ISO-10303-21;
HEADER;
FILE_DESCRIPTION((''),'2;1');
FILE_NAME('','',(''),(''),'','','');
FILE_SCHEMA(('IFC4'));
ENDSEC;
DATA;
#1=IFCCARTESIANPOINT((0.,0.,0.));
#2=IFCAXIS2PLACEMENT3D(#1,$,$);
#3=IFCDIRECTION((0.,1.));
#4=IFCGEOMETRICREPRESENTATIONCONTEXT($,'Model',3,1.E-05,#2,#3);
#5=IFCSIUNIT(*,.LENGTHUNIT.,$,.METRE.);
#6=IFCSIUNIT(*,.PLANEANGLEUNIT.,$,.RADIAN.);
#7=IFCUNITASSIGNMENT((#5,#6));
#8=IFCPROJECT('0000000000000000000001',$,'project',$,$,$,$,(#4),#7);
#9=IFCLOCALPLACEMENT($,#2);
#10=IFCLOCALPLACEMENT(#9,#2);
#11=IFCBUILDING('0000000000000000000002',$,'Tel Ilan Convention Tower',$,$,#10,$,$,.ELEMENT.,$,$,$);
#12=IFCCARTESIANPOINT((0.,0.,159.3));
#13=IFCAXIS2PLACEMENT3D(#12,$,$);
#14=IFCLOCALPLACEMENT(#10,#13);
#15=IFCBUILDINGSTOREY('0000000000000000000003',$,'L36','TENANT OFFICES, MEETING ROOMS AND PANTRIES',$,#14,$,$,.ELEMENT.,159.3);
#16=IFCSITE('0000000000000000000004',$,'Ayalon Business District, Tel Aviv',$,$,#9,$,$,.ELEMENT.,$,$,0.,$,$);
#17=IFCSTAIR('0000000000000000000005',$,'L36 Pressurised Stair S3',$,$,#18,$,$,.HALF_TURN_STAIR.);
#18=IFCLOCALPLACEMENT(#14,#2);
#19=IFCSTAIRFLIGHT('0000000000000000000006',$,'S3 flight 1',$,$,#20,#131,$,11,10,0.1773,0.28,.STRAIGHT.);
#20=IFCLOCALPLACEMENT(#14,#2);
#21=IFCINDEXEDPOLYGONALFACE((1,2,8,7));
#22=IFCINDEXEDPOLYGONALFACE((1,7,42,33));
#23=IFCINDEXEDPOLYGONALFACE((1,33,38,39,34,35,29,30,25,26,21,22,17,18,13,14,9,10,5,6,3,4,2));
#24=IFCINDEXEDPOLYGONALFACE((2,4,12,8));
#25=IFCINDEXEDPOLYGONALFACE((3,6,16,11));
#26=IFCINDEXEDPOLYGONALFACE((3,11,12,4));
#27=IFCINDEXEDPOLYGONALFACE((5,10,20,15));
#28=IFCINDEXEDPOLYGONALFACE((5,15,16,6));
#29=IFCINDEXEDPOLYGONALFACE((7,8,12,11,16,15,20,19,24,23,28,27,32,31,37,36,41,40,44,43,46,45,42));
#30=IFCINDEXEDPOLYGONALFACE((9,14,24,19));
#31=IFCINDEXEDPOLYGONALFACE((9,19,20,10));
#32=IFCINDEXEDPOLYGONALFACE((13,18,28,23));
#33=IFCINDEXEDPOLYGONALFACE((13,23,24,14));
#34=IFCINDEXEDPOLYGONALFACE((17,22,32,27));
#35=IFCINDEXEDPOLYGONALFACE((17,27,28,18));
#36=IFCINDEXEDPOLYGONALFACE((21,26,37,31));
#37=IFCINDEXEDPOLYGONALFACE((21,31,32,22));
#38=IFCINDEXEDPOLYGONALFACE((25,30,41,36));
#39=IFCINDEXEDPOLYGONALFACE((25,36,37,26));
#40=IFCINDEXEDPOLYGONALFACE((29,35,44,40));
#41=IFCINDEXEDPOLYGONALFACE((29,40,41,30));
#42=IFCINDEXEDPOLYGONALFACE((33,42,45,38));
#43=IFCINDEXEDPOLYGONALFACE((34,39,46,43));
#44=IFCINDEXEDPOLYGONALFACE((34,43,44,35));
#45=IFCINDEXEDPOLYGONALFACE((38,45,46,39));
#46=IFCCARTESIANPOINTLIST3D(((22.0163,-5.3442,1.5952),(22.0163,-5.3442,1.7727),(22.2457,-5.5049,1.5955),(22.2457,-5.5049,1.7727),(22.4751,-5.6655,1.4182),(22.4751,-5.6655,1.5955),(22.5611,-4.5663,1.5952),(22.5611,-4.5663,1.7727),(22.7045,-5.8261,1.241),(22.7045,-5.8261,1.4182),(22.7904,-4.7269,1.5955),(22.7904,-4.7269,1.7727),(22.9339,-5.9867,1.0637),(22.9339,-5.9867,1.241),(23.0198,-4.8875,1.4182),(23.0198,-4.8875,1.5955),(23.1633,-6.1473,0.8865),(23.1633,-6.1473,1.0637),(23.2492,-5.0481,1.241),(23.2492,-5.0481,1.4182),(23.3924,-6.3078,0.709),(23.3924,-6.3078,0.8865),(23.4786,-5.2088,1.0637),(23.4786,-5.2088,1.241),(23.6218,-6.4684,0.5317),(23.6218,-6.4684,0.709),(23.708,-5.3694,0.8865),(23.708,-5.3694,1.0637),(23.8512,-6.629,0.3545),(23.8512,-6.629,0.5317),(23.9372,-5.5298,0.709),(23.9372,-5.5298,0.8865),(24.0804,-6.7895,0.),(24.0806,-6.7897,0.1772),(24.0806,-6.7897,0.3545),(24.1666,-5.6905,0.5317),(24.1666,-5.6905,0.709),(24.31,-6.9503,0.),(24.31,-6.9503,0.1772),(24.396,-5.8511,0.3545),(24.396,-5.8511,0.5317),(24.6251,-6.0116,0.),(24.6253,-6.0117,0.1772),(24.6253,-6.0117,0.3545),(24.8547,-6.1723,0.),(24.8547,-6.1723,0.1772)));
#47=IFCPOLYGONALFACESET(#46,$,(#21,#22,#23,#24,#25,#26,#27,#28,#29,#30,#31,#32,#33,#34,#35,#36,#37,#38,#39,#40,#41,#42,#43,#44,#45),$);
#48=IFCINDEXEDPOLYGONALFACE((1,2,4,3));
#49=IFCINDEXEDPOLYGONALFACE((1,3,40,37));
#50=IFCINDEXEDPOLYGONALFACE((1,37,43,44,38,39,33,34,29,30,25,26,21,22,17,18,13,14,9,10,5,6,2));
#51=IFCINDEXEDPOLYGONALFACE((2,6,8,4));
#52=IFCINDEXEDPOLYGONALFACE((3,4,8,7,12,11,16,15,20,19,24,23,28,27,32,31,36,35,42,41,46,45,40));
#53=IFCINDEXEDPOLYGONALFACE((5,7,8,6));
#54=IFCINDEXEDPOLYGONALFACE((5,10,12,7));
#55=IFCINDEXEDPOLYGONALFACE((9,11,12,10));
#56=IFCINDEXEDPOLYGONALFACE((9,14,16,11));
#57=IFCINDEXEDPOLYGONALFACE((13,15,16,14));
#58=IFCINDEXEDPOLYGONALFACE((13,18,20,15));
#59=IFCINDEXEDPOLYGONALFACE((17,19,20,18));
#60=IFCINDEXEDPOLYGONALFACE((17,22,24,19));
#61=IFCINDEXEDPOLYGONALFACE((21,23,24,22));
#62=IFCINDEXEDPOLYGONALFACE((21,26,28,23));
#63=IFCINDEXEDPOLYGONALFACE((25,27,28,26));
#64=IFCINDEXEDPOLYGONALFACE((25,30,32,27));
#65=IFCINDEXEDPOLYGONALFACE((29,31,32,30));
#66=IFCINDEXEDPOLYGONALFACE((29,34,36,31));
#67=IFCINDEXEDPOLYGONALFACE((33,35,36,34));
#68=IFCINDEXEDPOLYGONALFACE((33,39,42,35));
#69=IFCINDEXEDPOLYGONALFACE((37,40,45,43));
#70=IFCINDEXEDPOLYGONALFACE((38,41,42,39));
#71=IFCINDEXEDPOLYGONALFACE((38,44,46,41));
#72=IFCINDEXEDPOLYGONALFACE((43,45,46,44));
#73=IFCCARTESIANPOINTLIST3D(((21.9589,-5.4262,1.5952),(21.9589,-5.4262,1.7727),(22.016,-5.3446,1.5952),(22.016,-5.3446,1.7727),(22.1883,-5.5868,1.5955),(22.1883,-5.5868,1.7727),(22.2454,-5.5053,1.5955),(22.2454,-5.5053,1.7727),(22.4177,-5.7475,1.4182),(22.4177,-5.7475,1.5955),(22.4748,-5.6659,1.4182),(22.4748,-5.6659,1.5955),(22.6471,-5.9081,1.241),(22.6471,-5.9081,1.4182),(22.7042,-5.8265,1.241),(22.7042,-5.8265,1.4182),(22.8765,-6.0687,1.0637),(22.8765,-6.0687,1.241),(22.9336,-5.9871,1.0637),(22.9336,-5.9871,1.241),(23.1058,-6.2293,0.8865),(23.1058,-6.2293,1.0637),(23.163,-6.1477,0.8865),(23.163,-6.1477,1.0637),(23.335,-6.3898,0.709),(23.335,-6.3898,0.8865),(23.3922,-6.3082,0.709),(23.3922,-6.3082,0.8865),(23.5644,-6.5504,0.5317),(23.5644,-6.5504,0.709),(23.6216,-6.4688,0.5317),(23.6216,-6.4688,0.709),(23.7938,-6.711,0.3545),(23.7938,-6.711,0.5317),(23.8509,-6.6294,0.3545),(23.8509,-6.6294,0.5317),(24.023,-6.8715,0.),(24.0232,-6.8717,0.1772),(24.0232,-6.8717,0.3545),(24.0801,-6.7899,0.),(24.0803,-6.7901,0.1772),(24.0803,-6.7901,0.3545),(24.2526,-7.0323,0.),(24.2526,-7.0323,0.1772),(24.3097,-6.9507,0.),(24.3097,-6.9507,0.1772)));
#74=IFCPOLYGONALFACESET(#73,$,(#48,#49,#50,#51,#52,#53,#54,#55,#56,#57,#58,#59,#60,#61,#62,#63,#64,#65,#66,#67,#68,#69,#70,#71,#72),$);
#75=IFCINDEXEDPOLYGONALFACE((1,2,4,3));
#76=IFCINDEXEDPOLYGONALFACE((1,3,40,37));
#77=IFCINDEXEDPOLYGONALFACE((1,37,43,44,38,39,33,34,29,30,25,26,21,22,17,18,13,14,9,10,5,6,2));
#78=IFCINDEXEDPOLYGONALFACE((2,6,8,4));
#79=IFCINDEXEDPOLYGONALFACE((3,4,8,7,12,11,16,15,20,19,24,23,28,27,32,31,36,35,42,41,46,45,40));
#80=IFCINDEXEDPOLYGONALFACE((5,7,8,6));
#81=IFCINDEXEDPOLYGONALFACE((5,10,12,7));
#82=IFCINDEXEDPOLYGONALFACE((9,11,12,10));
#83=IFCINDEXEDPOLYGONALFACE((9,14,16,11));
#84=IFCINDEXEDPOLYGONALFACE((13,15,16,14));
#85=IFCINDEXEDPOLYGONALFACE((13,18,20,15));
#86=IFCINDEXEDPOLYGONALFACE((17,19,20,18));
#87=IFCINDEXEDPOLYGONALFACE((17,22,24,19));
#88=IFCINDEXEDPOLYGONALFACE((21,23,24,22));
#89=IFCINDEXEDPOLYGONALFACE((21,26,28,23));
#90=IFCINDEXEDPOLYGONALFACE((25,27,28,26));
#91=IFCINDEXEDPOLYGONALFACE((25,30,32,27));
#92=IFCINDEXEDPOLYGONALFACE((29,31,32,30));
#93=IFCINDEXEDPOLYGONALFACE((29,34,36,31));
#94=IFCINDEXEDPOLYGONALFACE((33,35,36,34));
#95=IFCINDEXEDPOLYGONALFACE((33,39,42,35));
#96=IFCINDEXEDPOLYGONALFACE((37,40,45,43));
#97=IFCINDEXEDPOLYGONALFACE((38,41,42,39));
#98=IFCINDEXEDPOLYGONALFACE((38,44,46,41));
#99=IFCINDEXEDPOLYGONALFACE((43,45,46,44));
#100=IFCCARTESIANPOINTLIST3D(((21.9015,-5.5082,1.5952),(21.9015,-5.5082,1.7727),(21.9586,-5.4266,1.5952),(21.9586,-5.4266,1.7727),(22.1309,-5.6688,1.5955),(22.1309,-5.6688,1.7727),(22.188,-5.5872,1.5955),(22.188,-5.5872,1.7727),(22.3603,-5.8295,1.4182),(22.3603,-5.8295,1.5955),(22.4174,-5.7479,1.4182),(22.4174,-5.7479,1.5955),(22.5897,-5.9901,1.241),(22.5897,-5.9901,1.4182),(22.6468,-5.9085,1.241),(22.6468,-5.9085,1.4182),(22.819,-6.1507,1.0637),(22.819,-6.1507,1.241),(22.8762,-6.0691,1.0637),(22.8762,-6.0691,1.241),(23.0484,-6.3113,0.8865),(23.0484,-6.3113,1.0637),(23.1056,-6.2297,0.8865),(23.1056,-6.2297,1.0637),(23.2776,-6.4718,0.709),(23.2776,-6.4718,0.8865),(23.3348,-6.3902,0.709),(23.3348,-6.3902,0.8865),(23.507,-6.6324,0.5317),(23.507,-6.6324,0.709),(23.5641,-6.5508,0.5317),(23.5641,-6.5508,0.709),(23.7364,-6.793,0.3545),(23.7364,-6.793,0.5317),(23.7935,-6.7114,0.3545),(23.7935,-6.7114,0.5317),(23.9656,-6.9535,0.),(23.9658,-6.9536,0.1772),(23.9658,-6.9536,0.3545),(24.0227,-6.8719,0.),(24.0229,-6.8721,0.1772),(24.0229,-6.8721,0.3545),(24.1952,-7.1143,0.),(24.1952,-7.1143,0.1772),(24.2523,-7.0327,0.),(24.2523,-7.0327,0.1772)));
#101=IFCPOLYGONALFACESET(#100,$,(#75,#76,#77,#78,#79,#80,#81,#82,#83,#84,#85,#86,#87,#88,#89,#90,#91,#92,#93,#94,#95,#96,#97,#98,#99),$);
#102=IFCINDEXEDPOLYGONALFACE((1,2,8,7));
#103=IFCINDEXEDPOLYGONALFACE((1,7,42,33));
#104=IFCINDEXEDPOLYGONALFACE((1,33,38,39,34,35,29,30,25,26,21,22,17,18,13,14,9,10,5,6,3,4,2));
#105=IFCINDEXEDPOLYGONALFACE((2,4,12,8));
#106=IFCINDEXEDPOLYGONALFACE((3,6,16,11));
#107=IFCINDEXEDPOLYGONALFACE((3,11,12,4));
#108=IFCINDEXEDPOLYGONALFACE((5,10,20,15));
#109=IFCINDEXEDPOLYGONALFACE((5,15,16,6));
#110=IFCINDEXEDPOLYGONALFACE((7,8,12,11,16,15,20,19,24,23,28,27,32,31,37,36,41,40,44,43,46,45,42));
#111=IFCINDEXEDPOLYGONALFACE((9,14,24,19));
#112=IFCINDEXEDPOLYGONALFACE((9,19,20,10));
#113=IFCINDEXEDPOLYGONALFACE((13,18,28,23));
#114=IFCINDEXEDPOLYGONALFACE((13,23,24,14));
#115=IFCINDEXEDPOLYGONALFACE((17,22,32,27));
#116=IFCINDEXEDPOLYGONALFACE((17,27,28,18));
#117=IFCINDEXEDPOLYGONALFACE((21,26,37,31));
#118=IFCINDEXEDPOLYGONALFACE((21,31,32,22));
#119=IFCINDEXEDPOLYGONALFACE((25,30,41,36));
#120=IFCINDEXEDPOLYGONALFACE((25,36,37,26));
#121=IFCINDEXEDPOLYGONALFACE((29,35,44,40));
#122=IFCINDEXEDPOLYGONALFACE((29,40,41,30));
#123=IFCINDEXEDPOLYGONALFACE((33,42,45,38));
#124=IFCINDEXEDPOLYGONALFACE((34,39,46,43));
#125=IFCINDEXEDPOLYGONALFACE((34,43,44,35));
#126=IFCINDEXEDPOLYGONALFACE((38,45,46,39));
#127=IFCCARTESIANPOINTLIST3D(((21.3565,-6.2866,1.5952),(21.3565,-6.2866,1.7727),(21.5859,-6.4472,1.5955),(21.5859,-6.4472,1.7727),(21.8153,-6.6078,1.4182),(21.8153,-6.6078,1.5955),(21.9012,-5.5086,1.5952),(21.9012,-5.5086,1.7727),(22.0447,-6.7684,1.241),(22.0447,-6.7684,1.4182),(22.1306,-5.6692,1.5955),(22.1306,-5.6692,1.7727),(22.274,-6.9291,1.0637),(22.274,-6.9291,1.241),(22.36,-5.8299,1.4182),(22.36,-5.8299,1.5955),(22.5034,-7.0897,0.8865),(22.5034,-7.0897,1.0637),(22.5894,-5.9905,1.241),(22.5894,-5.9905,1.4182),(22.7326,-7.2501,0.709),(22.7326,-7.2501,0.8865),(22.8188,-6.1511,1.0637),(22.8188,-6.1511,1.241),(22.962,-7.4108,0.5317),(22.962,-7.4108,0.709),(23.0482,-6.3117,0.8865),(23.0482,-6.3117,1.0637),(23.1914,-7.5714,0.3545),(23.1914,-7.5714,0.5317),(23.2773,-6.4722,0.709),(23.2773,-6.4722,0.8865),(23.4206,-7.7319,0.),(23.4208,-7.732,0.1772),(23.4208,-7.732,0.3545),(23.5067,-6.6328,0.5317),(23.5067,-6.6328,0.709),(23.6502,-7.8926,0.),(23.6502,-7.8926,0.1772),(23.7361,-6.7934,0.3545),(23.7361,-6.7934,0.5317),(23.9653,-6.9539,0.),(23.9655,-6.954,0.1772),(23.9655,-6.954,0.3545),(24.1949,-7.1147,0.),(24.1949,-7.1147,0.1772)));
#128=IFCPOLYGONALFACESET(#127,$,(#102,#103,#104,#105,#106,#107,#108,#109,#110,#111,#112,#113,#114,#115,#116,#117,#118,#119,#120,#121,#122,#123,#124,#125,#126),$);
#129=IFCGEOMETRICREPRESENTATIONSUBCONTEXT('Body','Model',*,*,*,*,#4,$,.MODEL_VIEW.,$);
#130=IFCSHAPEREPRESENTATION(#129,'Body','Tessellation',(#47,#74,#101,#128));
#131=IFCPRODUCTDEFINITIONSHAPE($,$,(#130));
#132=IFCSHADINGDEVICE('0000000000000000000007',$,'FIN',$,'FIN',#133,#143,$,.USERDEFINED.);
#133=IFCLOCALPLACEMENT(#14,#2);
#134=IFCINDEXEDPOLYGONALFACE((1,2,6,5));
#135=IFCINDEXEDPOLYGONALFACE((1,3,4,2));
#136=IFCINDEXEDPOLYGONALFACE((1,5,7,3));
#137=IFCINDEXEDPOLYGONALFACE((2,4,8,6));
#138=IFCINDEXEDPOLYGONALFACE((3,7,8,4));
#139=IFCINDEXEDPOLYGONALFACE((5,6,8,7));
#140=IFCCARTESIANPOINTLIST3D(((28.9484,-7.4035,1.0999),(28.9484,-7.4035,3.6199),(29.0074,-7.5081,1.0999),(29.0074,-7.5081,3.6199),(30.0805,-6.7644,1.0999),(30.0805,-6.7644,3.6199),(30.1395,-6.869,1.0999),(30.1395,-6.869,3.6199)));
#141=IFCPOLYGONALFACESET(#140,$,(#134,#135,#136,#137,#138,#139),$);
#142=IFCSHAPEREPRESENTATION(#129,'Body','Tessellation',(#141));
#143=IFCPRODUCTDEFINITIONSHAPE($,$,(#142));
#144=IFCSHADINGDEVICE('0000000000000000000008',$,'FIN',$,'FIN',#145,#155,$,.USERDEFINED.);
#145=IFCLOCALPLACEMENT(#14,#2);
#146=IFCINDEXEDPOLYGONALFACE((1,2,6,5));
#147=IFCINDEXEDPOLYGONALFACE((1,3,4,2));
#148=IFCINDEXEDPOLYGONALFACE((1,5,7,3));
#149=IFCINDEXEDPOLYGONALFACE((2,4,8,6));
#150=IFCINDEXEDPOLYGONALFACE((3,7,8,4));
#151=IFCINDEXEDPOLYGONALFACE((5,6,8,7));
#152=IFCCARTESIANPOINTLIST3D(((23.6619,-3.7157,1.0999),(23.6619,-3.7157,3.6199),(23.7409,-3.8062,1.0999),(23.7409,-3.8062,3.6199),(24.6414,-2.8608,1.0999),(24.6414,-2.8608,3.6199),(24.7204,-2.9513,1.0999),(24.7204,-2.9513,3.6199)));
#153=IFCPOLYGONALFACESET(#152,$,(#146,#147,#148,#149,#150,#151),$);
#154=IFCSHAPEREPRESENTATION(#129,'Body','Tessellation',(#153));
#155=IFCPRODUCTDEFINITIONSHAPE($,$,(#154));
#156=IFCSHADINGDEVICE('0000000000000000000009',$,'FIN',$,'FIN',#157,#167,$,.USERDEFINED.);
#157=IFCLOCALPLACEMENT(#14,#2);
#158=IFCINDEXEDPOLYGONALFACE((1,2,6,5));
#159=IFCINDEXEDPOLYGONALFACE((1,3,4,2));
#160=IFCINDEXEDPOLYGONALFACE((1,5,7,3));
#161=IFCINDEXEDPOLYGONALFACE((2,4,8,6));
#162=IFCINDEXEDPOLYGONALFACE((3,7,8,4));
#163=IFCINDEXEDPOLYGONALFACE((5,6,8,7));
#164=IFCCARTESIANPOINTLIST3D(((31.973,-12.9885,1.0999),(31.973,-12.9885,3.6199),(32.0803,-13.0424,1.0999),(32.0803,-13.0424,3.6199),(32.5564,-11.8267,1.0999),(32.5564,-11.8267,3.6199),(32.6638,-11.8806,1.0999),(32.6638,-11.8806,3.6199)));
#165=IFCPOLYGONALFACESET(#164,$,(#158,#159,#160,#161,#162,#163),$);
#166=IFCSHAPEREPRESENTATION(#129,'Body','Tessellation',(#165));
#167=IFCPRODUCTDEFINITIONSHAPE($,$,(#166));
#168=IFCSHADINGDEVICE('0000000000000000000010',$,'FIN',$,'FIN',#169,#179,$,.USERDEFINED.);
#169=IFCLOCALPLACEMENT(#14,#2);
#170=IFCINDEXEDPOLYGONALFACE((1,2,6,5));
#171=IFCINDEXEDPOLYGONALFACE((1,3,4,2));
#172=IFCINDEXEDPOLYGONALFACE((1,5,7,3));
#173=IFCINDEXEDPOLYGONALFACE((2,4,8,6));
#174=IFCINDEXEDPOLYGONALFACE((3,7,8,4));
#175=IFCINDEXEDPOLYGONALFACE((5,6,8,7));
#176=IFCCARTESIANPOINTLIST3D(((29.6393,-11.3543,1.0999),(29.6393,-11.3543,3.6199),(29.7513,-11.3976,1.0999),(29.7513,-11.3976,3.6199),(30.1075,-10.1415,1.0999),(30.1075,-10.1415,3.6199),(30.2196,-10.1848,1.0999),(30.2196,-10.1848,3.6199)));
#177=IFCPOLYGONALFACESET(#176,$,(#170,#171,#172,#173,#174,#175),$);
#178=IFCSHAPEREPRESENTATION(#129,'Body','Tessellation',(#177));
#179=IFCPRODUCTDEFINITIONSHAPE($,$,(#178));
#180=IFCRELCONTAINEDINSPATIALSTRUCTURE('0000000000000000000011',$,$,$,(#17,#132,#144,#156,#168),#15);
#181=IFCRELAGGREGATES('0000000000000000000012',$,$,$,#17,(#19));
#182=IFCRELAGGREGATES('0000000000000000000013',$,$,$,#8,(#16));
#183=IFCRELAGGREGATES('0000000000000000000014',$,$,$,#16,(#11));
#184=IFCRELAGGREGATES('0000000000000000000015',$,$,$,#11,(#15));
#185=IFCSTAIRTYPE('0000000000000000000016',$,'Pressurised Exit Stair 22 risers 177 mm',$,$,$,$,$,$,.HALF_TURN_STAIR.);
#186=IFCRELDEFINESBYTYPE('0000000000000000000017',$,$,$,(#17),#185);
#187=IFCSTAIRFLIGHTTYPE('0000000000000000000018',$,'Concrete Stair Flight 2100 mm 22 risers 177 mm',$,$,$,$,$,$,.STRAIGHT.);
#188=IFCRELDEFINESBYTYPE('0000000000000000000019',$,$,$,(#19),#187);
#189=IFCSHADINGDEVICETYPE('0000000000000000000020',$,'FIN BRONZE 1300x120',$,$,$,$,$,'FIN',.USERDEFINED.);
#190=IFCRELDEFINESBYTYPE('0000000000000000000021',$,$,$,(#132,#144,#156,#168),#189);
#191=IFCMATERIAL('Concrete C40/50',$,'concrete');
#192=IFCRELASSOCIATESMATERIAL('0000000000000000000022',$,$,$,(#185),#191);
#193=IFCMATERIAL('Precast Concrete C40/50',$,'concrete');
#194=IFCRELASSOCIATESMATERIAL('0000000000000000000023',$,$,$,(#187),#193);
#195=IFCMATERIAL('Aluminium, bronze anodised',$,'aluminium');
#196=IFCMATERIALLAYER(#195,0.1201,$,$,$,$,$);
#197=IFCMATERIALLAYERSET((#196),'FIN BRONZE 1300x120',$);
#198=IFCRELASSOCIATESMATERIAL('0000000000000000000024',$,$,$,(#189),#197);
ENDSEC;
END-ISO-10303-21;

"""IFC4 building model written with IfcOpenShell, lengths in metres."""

from ifc_helpers import new_model, si_unit, direction, frame, origin, origin_2d, place, context, subcontext, project, spatial, polyline, rectangle, outline, extrude, material, layer, layer_set, type_object, element, aggregate, save


model = new_model("IFC4")

# Units and contexts
model_context = context("Model", 3, precision=1e-05, world=origin(), true_north=direction((0.0, 1.0)))
body_context = subcontext(model_context, "Body", "Model", "MODEL_VIEW")
ifc_project = project(units=[si_unit("LENGTHUNIT", "METRE"), si_unit("PLANEANGLEUNIT", "RADIAN")], contexts=[model_context])

# Site, building, storey
site_placement = place(None, origin())
site = spatial("IfcSite", under=ifc_project, at=site_placement, Name="Ayalon Business District, Tel Aviv", CompositionType="ELEMENT", RefElevation=0.0)
building_placement = place(site_placement, origin())
building = spatial("IfcBuilding", under=site, at=building_placement, Name="Tel Ilan Convention Tower", CompositionType="ELEMENT")
storey_placement = place(building_placement, frame((0.0, 0.0, 159.3)))
storey = spatial("IfcBuildingStorey", under=building, at=storey_placement, Name="L36", Description="TENANT OFFICES, MEETING ROOMS AND PANTRIES", CompositionType="ELEMENT", Elevation=159.3)

# Stair, stair flight
ifc_material_1 = material(Name="Concrete C40/50", Category="concrete")
stair_type = type_object("IfcStairType", Name="Pressurised Exit Stair 22 risers 177 mm", PredefinedType="HALF_TURN_STAIR", material=ifc_material_1)
stair_placement = place(storey_placement, origin())
stair = element("IfcStair", 1, at=stair_placement, inside=storey, type_object=stair_type, Name="L36 Pressurised Stair S3", PredefinedType="HALF_TURN_STAIR")
ifc_material_2 = material(Name="Precast Concrete C40/50", Category="concrete")
stair_flight_type = type_object("IfcStairFlightType", Name="Concrete Stair Flight 2100 mm 22 risers 177 mm", PredefinedType="STRAIGHT", material=ifc_material_2)
stair_flight_placement = place(storey_placement, frame((24.2524, -7.0325, 0.0), z_axis=(0.0, 0.0, 1.0), x_axis=(-0.819152, 0.573576, 0.0)))
stair_flight = element("IfcStairFlight", 2, at=stair_flight_placement, type_object=stair_flight_type, Name="S3 flight 1", NumberOfRisers=11, NumberOfTreads=10, PredefinedType="STRAIGHT", RiserHeight=0.1773, TreadLength=0.28, context=body_context, shape_type="SweptSolid", body=[
    extrude(outline(polyline([(0.0, 0.0), (0.0, 0.1772), (0.28, 0.1772), (0.28, 0.3545), (0.5601, 0.3545), (0.5601, 0.5317), (0.8401, 0.5317), (0.8401, 0.709), (1.1201, 0.709), (1.1201, 0.8865), (1.3999, 0.8865), (1.3999, 1.0637), (1.6799, 1.0637), (1.6799, 1.241), (1.96, 1.241), (1.96, 1.4182), (2.24, 1.4182), (2.24, 1.5955), (2.52, 1.5955), (2.52, 1.7727), (2.8, 1.7727), (2.8, 1.95), (2.8, 1.5952), (0.2803, 0.0), (0.0, 0.0)])), frame((0.0, -0.1003, 0.0), z_axis=(0.0, -1.0, 0.0), x_axis=(1.0, 0.0, 0.0)), (0.0, 0.0, 1.0), 0.9497),
    extrude(outline(polyline([(0.0, 0.0), (0.0, 0.1772), (0.28, 0.1772), (0.28, 0.3545), (0.5601, 0.3545), (0.5601, 0.5317), (0.8401, 0.5317), (0.8401, 0.709), (1.1201, 0.709), (1.1201, 0.8865), (1.3999, 0.8865), (1.3999, 1.0637), (1.6799, 1.0637), (1.6799, 1.241), (1.96, 1.241), (1.96, 1.4182), (2.24, 1.4182), (2.24, 1.5955), (2.52, 1.5955), (2.52, 1.7727), (2.8, 1.7727), (2.8, 1.95), (2.8, 1.5952), (0.2803, 0.0), (0.0, 0.0)])), frame((0.0, -0.0002, 0.0), z_axis=(0.0, -1.0, 0.0), x_axis=(1.0, 0.0, 0.0)), (0.0, 0.0, 1.0), 0.0996),
    extrude(outline(polyline([(0.0, 0.0), (0.0, 0.1772), (0.28, 0.1772), (0.28, 0.3545), (0.5601, 0.3545), (0.5601, 0.5317), (0.8401, 0.5317), (0.8401, 0.709), (1.1201, 0.709), (1.1201, 0.8865), (1.3999, 0.8865), (1.3999, 1.0637), (1.6799, 1.0637), (1.6799, 1.241), (1.96, 1.241), (1.96, 1.4182), (2.24, 1.4182), (2.24, 1.5955), (2.52, 1.5955), (2.52, 1.7727), (2.8, 1.7727), (2.8, 1.95), (2.8, 1.5952), (0.2803, 0.0), (0.0, 0.0)])), frame((0.0, 0.0999, 0.0), z_axis=(0.0, -1.0, 0.0), x_axis=(1.0, 0.0, 0.0)), (0.0, 0.0, 1.0), 0.0996),
    extrude(outline(polyline([(0.0, 0.0), (0.0, 0.1772), (0.28, 0.1772), (0.28, 0.3545), (0.5601, 0.3545), (0.5601, 0.5317), (0.8401, 0.5317), (0.8401, 0.709), (1.1201, 0.709), (1.1201, 0.8865), (1.3999, 0.8865), (1.3999, 1.0637), (1.6799, 1.0637), (1.6799, 1.241), (1.96, 1.241), (1.96, 1.4182), (2.24, 1.4182), (2.24, 1.5955), (2.52, 1.5955), (2.52, 1.7727), (2.8, 1.7727), (2.8, 1.95), (2.8, 1.5952), (0.2803, 0.0), (0.0, 0.0)])), frame((0.0, 1.05, 0.0), z_axis=(0.0, -1.0, 0.0), x_axis=(1.0, 0.0, 0.0)), (0.0, 0.0, 1.0), 0.9497),
])
aggregate(stair, [stair_flight])

# Shading devices
ifc_material_3 = material(Name="Aluminium, bronze anodised", Category="aluminium")
ifc_layer_1 = layer(ifc_material_3, 0.1201)
ifc_layer_set_1 = layer_set([ifc_layer_1], Name="FIN BRONZE 1300x120")
shading_device_type = type_object("IfcShadingDeviceType", Name="FIN BRONZE 1300x120", ElementType="FIN", PredefinedType="USERDEFINED", material=ifc_layer_set_1)
for number, where, z_axis, x_axis, name in (
    (3, (29.5439, -7.1362, 1.0999), (0.0, 0.0, 1.0), (0.870833, 0.491579, 0.0), "FIN"),
    (4, (24.1912, -3.3335, 1.0999), (0.0, 0.0, 1.0), (0.753436, 0.657521, 0.0), "FIN"),
    (5, (32.3184, -12.4346, 1.0999), (0.0, 0.0, 1.0), (0.448799, 0.893633, 0.0), "FIN"),
    (6, (29.9294, -10.7695, 1.0999), (0.0, 0.0, 1.0), (0.360178, 0.932884, 0.0), "FIN"),
):
    element("IfcShadingDevice", number, at=place(storey_placement, frame(where, z_axis=z_axis, x_axis=x_axis)), inside=storey, type_object=shading_device_type, Name=name, ObjectType="FIN", PredefinedType="USERDEFINED", context=body_context, shape_type="SweptSolid", body=[
        extrude(rectangle(XDim=1.3, YDim=0.1201, at=origin_2d()), origin(), (0.0, 0.0, 1.0), 2.52),
    ])

save(model, "model.ifc")
